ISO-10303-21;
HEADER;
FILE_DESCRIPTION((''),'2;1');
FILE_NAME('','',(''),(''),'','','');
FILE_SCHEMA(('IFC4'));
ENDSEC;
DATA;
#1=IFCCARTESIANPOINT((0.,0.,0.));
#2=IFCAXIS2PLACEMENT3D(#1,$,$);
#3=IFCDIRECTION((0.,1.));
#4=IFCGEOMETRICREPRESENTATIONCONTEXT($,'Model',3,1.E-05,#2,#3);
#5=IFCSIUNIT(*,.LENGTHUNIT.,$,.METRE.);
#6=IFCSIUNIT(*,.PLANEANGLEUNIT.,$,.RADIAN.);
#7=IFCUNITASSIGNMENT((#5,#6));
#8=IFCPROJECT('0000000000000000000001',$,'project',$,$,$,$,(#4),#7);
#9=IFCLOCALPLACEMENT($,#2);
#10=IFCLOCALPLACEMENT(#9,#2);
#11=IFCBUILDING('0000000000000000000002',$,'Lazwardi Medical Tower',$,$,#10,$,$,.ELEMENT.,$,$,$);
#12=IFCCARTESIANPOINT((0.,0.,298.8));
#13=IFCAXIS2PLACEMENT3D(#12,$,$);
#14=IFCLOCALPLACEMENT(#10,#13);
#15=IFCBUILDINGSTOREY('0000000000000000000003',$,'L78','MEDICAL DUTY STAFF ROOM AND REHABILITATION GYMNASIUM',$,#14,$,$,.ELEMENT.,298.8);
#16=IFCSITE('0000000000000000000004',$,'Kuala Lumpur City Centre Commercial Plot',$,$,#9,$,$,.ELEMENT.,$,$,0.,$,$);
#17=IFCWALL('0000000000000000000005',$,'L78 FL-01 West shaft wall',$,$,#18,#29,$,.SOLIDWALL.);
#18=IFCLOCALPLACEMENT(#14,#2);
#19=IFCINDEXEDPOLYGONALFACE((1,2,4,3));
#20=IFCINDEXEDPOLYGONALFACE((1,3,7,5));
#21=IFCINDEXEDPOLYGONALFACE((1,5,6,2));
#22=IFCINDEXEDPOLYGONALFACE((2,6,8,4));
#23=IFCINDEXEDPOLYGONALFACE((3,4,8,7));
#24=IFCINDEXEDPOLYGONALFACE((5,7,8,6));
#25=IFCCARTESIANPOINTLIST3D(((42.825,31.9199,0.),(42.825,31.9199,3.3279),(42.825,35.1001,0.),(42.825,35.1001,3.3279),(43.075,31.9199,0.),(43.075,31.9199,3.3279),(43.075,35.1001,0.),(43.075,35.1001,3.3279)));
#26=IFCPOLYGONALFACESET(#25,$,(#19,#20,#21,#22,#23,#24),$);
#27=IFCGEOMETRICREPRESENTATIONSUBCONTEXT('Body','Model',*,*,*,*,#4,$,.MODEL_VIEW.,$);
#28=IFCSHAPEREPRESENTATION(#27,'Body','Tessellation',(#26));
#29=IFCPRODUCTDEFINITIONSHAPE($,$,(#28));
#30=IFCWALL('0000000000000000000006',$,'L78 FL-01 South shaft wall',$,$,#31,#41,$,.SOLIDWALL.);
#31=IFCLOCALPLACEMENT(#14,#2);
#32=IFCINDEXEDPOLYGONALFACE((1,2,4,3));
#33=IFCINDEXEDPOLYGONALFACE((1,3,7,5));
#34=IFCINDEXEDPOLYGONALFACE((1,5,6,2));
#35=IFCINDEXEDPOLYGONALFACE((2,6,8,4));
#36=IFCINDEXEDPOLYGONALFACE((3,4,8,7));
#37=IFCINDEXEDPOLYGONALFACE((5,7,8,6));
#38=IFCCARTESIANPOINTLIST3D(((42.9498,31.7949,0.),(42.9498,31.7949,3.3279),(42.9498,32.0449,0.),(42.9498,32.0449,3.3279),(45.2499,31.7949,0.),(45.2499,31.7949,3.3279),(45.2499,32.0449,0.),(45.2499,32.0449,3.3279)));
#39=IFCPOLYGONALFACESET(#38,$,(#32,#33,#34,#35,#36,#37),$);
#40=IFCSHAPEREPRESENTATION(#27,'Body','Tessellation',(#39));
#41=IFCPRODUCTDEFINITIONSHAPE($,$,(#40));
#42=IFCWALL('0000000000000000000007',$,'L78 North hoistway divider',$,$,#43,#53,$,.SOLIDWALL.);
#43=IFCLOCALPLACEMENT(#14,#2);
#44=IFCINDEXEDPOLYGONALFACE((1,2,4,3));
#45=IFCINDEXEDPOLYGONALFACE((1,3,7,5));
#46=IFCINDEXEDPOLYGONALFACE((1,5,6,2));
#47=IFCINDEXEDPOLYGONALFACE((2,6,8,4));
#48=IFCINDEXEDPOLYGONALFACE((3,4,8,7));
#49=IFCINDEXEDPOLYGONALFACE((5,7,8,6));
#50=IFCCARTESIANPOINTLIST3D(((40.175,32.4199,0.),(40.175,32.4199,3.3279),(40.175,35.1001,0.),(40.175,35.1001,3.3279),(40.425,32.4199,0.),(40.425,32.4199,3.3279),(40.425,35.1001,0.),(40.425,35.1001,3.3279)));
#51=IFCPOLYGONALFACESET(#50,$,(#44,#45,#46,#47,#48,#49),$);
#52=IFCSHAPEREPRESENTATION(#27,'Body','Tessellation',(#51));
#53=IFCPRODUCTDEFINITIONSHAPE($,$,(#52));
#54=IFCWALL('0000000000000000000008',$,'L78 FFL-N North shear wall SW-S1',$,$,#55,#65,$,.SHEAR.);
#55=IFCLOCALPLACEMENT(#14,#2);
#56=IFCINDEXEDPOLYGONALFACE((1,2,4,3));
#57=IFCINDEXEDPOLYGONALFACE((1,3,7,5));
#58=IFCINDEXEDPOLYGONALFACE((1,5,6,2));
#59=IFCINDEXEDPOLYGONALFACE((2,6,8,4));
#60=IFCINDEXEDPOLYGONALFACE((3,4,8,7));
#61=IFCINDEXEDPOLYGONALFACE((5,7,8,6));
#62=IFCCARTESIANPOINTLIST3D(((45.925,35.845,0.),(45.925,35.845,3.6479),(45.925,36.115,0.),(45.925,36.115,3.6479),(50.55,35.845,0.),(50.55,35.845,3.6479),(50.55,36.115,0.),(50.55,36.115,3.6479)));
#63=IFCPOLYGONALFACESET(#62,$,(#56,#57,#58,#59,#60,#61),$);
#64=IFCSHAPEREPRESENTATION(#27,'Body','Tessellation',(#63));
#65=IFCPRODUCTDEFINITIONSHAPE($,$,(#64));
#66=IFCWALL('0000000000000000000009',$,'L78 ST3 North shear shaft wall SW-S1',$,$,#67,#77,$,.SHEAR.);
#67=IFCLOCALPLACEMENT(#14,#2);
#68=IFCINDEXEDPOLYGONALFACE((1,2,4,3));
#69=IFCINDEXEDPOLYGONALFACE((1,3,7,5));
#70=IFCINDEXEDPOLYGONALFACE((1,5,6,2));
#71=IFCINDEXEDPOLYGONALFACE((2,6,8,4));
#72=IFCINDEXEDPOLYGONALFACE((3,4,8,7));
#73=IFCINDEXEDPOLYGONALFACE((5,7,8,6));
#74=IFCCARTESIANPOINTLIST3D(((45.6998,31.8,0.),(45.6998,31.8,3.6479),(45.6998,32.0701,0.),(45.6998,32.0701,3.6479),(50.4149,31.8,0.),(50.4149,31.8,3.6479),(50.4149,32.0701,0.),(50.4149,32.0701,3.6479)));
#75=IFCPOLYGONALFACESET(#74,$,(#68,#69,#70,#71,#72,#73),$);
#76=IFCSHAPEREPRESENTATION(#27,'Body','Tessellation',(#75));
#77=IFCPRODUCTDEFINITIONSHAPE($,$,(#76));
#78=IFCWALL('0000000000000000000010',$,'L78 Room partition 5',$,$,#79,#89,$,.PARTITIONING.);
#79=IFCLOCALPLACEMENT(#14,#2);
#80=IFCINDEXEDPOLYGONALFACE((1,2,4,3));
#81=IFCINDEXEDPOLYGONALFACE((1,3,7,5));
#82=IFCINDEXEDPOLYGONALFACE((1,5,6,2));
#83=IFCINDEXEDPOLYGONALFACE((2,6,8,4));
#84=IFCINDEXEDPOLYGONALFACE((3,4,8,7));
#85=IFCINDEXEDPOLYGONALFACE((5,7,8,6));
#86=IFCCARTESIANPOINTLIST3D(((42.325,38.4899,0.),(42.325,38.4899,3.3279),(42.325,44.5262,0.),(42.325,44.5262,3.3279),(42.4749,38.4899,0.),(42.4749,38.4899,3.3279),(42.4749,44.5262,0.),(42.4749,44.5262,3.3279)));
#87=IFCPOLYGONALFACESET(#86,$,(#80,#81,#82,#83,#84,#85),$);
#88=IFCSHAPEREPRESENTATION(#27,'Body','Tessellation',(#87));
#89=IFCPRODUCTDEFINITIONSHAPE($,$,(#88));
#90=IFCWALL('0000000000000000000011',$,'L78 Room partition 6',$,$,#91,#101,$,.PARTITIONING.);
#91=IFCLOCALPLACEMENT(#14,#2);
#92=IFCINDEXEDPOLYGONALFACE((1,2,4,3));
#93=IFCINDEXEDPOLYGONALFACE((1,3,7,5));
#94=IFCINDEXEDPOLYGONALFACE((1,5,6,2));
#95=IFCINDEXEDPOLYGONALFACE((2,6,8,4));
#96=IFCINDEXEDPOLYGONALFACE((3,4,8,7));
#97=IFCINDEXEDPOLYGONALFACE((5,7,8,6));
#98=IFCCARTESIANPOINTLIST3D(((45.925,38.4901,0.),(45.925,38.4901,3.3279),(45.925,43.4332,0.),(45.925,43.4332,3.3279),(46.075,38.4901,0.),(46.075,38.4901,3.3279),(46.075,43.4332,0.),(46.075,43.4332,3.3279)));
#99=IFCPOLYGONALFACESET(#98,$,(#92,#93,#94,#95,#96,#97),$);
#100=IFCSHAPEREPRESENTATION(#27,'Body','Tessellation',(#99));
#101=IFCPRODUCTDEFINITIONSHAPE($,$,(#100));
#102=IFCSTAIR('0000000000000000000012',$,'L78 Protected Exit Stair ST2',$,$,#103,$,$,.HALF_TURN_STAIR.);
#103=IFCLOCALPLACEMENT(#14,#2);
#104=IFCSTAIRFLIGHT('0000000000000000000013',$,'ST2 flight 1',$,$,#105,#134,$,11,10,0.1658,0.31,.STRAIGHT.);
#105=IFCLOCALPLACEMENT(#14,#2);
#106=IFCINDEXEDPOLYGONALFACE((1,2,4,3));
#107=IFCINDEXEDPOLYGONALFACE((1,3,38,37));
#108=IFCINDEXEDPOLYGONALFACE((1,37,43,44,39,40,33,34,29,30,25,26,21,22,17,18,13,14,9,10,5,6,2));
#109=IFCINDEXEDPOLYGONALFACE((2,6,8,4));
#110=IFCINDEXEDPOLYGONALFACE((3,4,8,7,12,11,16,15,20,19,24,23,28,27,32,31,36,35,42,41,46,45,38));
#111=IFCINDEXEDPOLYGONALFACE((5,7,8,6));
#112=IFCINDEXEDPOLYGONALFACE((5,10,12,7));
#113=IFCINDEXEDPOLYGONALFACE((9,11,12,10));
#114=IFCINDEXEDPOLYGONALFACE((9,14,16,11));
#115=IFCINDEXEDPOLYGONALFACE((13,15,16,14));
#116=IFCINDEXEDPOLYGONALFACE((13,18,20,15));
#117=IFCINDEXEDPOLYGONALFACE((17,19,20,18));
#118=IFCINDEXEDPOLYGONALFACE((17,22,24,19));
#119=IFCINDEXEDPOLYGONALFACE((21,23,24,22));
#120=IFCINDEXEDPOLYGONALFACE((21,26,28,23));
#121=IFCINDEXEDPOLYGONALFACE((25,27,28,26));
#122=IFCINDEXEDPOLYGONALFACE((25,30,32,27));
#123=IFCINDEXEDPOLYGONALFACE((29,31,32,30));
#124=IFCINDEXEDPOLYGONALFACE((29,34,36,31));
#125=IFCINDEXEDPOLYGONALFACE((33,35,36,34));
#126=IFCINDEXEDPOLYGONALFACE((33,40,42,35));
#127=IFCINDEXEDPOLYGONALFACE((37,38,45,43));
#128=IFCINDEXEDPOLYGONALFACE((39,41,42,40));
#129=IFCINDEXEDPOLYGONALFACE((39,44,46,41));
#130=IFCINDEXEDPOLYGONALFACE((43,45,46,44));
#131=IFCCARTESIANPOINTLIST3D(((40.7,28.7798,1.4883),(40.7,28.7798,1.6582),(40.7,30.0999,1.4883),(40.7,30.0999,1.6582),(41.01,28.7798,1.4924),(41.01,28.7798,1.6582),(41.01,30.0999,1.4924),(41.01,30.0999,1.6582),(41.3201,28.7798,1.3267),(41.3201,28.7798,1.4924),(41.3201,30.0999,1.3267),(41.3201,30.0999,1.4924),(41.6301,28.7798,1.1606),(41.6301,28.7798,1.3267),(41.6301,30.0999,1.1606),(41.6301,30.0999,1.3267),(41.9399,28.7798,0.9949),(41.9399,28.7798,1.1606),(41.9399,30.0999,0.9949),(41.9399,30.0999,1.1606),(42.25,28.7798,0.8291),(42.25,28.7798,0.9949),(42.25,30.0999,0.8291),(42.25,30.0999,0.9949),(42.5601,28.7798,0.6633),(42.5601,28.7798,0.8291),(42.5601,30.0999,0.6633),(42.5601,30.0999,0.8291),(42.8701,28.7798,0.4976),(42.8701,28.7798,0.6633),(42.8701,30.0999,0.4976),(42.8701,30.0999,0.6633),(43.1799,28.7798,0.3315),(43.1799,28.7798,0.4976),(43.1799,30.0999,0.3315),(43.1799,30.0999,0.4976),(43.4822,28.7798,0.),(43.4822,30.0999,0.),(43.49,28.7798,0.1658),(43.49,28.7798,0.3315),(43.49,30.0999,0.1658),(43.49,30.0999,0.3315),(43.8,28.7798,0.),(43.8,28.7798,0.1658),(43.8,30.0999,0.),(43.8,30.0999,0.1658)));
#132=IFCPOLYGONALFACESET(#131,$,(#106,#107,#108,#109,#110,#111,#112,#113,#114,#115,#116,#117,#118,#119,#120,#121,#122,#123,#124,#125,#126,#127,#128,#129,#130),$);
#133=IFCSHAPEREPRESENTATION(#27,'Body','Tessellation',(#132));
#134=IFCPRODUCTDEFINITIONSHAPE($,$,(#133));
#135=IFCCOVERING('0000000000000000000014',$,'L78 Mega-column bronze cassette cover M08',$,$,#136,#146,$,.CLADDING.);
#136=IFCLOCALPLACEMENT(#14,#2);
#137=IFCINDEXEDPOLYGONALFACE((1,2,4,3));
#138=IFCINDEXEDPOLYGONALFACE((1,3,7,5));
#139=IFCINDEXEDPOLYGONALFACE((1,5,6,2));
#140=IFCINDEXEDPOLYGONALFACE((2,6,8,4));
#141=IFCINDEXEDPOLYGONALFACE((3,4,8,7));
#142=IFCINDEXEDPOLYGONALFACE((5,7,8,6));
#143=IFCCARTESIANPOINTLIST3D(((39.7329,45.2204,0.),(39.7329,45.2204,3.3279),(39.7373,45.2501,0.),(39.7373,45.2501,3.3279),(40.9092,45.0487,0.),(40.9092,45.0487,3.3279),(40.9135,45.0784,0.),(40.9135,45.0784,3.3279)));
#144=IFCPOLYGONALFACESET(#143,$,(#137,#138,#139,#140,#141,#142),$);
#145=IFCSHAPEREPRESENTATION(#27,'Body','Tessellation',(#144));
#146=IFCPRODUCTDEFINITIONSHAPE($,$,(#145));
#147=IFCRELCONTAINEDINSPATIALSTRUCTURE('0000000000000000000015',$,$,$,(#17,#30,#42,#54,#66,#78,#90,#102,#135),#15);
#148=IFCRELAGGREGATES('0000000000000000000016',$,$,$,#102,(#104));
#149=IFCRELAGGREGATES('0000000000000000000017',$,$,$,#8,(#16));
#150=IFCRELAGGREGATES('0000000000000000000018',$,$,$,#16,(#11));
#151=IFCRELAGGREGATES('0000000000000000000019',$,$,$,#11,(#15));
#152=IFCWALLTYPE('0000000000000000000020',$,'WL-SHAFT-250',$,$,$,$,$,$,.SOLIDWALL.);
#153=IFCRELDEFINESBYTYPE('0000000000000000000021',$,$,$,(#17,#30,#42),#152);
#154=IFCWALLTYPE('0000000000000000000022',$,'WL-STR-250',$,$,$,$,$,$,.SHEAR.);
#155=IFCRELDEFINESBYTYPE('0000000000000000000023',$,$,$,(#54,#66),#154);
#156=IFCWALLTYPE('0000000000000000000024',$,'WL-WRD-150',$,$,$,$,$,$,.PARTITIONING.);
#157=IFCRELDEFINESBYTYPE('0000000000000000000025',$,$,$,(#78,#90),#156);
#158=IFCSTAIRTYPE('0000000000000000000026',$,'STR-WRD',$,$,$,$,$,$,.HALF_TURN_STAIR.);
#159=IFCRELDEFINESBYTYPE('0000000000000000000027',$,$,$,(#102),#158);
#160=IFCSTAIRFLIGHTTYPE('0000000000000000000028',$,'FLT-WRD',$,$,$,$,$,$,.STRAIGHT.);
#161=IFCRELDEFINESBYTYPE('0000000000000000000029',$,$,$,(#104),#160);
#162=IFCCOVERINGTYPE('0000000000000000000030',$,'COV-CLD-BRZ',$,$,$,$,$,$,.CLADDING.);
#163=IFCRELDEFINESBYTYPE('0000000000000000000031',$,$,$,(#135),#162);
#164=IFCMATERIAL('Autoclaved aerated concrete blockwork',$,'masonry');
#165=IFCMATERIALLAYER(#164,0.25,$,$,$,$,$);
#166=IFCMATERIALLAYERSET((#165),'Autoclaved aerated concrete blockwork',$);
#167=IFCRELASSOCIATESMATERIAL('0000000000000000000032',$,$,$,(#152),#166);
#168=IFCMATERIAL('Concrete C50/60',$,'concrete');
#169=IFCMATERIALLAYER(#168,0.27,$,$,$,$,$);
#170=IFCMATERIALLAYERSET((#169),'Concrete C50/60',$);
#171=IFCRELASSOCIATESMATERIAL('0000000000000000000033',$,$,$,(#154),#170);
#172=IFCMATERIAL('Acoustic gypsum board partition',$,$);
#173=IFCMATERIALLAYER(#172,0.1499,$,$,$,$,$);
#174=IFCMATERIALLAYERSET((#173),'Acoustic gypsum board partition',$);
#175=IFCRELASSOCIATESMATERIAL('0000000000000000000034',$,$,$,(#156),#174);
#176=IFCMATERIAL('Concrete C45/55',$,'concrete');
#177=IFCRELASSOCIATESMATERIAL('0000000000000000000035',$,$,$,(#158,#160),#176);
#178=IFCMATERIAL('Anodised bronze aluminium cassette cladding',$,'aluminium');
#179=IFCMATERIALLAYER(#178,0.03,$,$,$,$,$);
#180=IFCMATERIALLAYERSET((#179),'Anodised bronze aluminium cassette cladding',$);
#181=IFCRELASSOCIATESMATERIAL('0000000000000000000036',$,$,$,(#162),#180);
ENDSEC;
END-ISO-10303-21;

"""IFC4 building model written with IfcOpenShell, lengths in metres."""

from ifc_helpers import new_model, si_unit, direction, frame, frame_2d, origin, origin_2d, place, context, subcontext, project, spatial, polyline, rectangle, outline, extrude, material, layer, layer_set, type_object, element, aggregate, save


model = new_model("IFC4")

# Units and contexts
model_context = context("Model", 3, precision=1e-05, world=origin(), true_north=direction((0.0, 1.0)))
body_context = subcontext(model_context, "Body", "Model", "MODEL_VIEW")
ifc_project = project(units=[si_unit("LENGTHUNIT", "METRE"), si_unit("PLANEANGLEUNIT", "RADIAN")], contexts=[model_context])

# Site, building, storey
site_placement = place(None, origin())
site = spatial("IfcSite", under=ifc_project, at=site_placement, Name="Kuala Lumpur City Centre Commercial Plot", CompositionType="ELEMENT", RefElevation=0.0)
building_placement = place(site_placement, origin())
building = spatial("IfcBuilding", under=site, at=building_placement, Name="Lazwardi Medical Tower", CompositionType="ELEMENT")
storey_placement = place(building_placement, frame((0.0, 0.0, 298.8)))
storey = spatial("IfcBuildingStorey", under=building, at=storey_placement, Name="L78", Description="MEDICAL DUTY STAFF ROOM AND REHABILITATION GYMNASIUM", CompositionType="ELEMENT", Elevation=298.8)

# Walls
ifc_material_1 = material(Name="Autoclaved aerated concrete blockwork", Category="masonry")
ifc_layer_1 = layer(ifc_material_1, 0.25)
ifc_layer_set_1 = layer_set([ifc_layer_1], Name="Autoclaved aerated concrete blockwork")
wall_type_1 = type_object("IfcWallType", Name="WL-SHAFT-250", PredefinedType="SOLIDWALL", material=ifc_layer_set_1)
wall_1_placement = place(storey_placement, frame((42.95, 31.9199, 0.0), z_axis=(0.0, 0.0, 1.0), x_axis=(0.0, 1.0, 0.0)))
element("IfcWall", 1, at=wall_1_placement, inside=storey, type_object=wall_type_1, Name="L78 FL-01 West shaft wall", PredefinedType="SOLIDWALL", context=body_context, shape_type="SweptSolid", body=[
    extrude(rectangle(XDim=3.1802, YDim=0.25, at=frame_2d((1.5901, 0.0))), origin(), (0.0, 0.0, 1.0), 3.3279),
])
wall_2_placement = place(storey_placement, frame((42.95, 31.9199, 0.0), z_axis=(0.0, 0.0, 1.0), x_axis=(1.0, 0.0, 0.0)))
element("IfcWall", 2, at=wall_2_placement, inside=storey, type_object=wall_type_1, Name="L78 FL-01 South shaft wall", PredefinedType="SOLIDWALL", context=body_context, shape_type="SweptSolid", body=[
    extrude(rectangle(XDim=2.3, YDim=0.25, at=frame_2d((1.1499, 0.0))), origin(), (0.0, 0.0, 1.0), 3.3279),
])
wall_3_placement = place(storey_placement, frame((40.3, 32.4199, 0.0), z_axis=(0.0, 0.0, 1.0), x_axis=(0.0, 1.0, 0.0)))
element("IfcWall", 3, at=wall_3_placement, inside=storey, type_object=wall_type_1, Name="L78 North hoistway divider", PredefinedType="SOLIDWALL", context=body_context, shape_type="SweptSolid", body=[
    extrude(rectangle(XDim=2.6802, YDim=0.25, at=frame_2d((1.3401, 0.0))), origin(), (0.0, 0.0, 1.0), 3.3279),
])
ifc_material_2 = material(Name="Concrete C50/60", Category="concrete")
ifc_layer_2 = layer(ifc_material_2, 0.27)
ifc_layer_set_2 = layer_set([ifc_layer_2], Name="Concrete C50/60")
wall_type_2 = type_object("IfcWallType", Name="WL-STR-250", PredefinedType="SHEAR", material=ifc_layer_set_2)
wall_4_placement = place(storey_placement, frame((45.925, 35.98, 0.0), z_axis=(0.0, 0.0, 1.0), x_axis=(1.0, 0.0, 0.0)))
element("IfcWall", 4, at=wall_4_placement, inside=storey, type_object=wall_type_2, Name="L78 FFL-N North shear wall SW-S1", PredefinedType="SHEAR", context=body_context, shape_type="SweptSolid", body=[
    extrude(rectangle(XDim=4.625, YDim=0.27, at=frame_2d((2.3125, 0.0))), origin(), (0.0, 0.0, 1.0), 3.6479),
])
wall_5_placement = place(storey_placement, frame((45.7, 31.9351, 0.0), z_axis=(0.0, 0.0, 1.0), x_axis=(1.0, 0.0, 0.0)))
element("IfcWall", 5, at=wall_5_placement, inside=storey, type_object=wall_type_2, Name="L78 ST3 North shear shaft wall SW-S1", PredefinedType="SHEAR", context=body_context, shape_type="SweptSolid", body=[
    extrude(rectangle(XDim=4.7151, YDim=0.27, at=frame_2d((2.3574, 0.0))), origin(), (0.0, 0.0, 1.0), 3.6479),
])
ifc_material_3 = material(Name="Acoustic gypsum board partition")
ifc_layer_3 = layer(ifc_material_3, 0.1499)
ifc_layer_set_3 = layer_set([ifc_layer_3], Name="Acoustic gypsum board partition")
wall_type_3 = type_object("IfcWallType", Name="WL-WRD-150", PredefinedType="PARTITIONING", material=ifc_layer_set_3)
wall_6_placement = place(storey_placement, frame((42.3999, 38.49, 0.0), z_axis=(0.0, 0.0, 1.0), x_axis=(0.0, 1.0, 0.0)))
element("IfcWall", 6, at=wall_6_placement, inside=storey, type_object=wall_type_3, Name="L78 Room partition 5", PredefinedType="PARTITIONING", context=body_context, shape_type="SweptSolid", body=[
    extrude(rectangle(XDim=6.0364, YDim=0.1499, at=frame_2d((3.0181, 0.0))), origin(), (0.0, 0.0, 1.0), 3.3279),
])
wall_7_placement = place(storey_placement, frame((46.0, 38.49, 0.0), z_axis=(0.0, 0.0, 1.0), x_axis=(0.0, 1.0, 0.0)))
element("IfcWall", 7, at=wall_7_placement, inside=storey, type_object=wall_type_3, Name="L78 Room partition 6", PredefinedType="PARTITIONING", context=body_context, shape_type="SweptSolid", body=[
    extrude(rectangle(XDim=4.9431, YDim=0.1499, at=frame_2d((2.4717, 0.0))), origin(), (0.0, 0.0, 1.0), 3.3279),
])

# Stair, stair flight
ifc_material_4 = material(Name="Concrete C45/55", Category="concrete")
stair_type = type_object("IfcStairType", Name="STR-WRD", PredefinedType="HALF_TURN_STAIR", material=ifc_material_4)
stair_placement = place(storey_placement, origin())
stair = element("IfcStair", 8, at=stair_placement, inside=storey, type_object=stair_type, Name="L78 Protected Exit Stair ST2", PredefinedType="HALF_TURN_STAIR")
stair_flight_type = type_object("IfcStairFlightType", Name="FLT-WRD", PredefinedType="STRAIGHT", material=ifc_material_4)
stair_flight_placement = place(storey_placement, frame((43.8, 29.4399, 0.0), z_axis=(0.0, 0.0, 1.0), x_axis=(-1.0, 0.0, 0.0)))
stair_flight = element("IfcStairFlight", 9, at=stair_flight_placement, type_object=stair_flight_type, Name="ST2 flight 1", NumberOfRisers=11, NumberOfTreads=10, PredefinedType="STRAIGHT", RiserHeight=0.1658, TreadLength=0.31, context=body_context, shape_type="SweptSolid", body=[
    extrude(outline(polyline([(0.0, 0.0), (0.0, 0.1658), (0.3101, 0.1658), (0.3101, 0.3315), (0.6201, 0.3315), (0.6201, 0.4976), (0.9299, 0.4976), (0.9299, 0.6633), (1.24, 0.6633), (1.24, 0.8291), (1.55, 0.8291), (1.55, 0.9949), (1.8601, 0.9949), (1.8601, 1.1606), (2.1699, 1.1606), (2.1699, 1.3267), (2.48, 1.3267), (2.48, 1.4924), (2.79, 1.4924), (2.79, 1.6582), (3.1001, 1.6582), (3.1001, 1.824), (3.1001, 1.4883), (0.3179, 0.0), (0.0, 0.0)])), frame((0.0, 0.6602, 0.0), z_axis=(0.0, -1.0, 0.0), x_axis=(1.0, 0.0, 0.0)), (0.0, 0.0, 1.0), 1.3201),
])
aggregate(stair, [stair_flight])

# Covering
ifc_material_5 = material(Name="Anodised bronze aluminium cassette cladding", Category="aluminium")
ifc_layer_4 = layer(ifc_material_5, 0.03)
ifc_layer_set_4 = layer_set([ifc_layer_4], Name="Anodised bronze aluminium cassette cladding")
covering_type = type_object("IfcCoveringType", Name="COV-CLD-BRZ", PredefinedType="CLADDING", material=ifc_layer_set_4)
covering_placement = place(storey_placement, frame((40.3232, 45.1494, 0.0), z_axis=(0.0, 0.0, 1.0), x_axis=(-0.989512, 0.144448, 0.0)))
element("IfcCovering", 10, at=covering_placement, inside=storey, type_object=covering_type, Name="L78 Mega-column bronze cassette cover M08", PredefinedType="CLADDING", context=body_context, shape_type="SweptSolid", body=[
    extrude(rectangle(XDim=1.1887, YDim=0.03, at=origin_2d()), origin(), (0.0, 0.0, 1.0), 3.3279),
])

save(model, "model.ifc")
